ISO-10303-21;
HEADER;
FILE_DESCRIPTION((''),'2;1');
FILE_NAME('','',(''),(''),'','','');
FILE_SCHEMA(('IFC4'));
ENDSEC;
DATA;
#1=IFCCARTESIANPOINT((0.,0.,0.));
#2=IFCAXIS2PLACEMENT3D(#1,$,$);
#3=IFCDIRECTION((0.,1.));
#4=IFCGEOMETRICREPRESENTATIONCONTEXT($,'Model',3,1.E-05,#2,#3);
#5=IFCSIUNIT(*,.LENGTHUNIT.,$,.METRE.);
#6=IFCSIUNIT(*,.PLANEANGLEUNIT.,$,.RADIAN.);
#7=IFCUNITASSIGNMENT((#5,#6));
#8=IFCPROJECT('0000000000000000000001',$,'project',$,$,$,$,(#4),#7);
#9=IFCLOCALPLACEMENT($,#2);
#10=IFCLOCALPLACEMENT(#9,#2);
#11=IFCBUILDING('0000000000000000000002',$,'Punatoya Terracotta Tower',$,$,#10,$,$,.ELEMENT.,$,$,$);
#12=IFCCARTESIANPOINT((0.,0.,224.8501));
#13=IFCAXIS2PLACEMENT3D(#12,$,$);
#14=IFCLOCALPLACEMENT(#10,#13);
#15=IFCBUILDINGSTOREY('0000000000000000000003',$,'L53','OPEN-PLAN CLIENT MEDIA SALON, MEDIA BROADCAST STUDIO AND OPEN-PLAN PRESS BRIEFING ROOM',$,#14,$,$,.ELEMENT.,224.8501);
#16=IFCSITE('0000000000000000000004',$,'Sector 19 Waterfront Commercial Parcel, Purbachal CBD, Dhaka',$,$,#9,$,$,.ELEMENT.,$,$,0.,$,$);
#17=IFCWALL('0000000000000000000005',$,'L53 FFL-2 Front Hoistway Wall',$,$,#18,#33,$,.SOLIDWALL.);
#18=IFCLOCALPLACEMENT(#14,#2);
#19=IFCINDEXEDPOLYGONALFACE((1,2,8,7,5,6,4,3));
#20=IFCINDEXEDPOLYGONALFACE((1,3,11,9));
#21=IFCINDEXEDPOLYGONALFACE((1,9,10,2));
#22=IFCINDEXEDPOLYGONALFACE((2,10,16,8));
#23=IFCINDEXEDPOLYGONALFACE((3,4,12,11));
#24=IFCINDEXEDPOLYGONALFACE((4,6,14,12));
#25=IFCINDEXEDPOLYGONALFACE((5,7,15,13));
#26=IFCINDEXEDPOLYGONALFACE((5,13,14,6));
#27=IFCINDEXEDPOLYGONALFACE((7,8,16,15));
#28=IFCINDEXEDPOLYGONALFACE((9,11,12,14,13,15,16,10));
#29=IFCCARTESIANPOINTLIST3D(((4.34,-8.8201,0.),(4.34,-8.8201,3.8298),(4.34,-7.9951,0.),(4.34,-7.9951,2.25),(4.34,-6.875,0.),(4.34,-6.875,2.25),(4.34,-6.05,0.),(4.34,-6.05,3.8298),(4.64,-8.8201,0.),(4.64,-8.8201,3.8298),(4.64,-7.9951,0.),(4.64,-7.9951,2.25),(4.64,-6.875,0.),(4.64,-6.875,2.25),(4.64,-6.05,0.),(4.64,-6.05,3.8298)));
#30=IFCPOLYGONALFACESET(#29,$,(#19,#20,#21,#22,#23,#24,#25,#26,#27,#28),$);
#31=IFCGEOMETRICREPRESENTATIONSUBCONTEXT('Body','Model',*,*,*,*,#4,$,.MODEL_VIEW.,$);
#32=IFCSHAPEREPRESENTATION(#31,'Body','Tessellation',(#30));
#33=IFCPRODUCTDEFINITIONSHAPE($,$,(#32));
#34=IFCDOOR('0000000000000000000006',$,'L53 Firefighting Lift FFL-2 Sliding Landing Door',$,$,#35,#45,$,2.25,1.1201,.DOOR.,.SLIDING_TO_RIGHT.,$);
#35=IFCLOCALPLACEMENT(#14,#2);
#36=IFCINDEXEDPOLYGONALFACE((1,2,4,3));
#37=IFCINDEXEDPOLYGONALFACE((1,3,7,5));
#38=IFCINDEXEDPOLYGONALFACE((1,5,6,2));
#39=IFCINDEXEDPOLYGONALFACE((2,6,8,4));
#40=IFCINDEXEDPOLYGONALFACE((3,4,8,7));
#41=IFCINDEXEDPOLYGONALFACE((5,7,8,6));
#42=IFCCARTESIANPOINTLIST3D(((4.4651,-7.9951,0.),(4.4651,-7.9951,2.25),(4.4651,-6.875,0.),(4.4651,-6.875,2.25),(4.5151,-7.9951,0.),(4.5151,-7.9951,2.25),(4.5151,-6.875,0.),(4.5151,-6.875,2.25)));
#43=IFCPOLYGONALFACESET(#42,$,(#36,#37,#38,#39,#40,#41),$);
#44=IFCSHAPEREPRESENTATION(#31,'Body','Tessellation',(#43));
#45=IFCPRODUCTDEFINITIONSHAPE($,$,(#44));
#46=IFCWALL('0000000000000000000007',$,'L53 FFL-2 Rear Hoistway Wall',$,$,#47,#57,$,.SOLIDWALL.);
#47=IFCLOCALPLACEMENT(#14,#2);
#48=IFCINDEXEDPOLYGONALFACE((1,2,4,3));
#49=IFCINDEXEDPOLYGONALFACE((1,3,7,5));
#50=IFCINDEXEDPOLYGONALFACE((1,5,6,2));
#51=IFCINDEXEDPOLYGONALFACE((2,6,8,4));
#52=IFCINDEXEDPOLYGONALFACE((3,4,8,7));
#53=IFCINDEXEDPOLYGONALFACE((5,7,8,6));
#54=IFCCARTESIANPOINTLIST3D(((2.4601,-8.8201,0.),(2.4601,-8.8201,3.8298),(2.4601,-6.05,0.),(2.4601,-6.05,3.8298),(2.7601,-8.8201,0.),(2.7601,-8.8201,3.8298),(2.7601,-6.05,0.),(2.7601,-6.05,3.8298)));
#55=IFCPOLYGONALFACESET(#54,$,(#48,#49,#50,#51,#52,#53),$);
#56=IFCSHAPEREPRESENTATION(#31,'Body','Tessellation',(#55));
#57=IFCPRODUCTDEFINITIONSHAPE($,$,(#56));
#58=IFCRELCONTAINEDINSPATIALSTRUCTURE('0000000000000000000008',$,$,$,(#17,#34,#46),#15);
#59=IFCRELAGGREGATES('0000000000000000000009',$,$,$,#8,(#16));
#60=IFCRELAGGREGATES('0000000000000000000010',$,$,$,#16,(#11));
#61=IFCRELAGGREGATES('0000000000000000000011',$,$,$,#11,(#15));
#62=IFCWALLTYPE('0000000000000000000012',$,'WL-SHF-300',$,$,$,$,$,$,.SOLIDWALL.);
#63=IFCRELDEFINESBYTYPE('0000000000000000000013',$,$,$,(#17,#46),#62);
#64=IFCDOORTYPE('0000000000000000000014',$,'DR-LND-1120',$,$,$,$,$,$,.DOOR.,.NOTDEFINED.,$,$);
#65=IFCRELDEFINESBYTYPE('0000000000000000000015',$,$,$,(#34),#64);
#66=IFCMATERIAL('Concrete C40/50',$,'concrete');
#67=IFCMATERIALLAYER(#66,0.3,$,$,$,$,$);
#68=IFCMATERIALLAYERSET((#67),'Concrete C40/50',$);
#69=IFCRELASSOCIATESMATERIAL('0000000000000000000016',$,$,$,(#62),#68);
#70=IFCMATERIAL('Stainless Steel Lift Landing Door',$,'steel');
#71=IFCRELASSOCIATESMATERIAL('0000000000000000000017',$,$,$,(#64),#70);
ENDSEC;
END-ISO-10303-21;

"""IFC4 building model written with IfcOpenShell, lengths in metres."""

from ifc_helpers import new_model, si_unit, direction, frame, frame_2d, origin, place, context, subcontext, project, spatial, rectangle, extrude, material, layer, layer_set, type_object, element, fill, save


model = new_model("IFC4")

# Units and contexts
model_context = context("Model", 3, precision=1e-05, world=origin(), true_north=direction((0.0, 1.0)))
body_context = subcontext(model_context, "Body", "Model", "MODEL_VIEW")
ifc_project = project(units=[si_unit("LENGTHUNIT", "METRE"), si_unit("PLANEANGLEUNIT", "RADIAN")], contexts=[model_context])

# Site, building, storey
site_placement = place(None, origin())
site = spatial("IfcSite", under=ifc_project, at=site_placement, Name="Sector 19 Waterfront Commercial Parcel, Purbachal CBD, Dhaka", CompositionType="ELEMENT", RefElevation=0.0)
building_placement = place(site_placement, origin())
building = spatial("IfcBuilding", under=site, at=building_placement, Name="Punatoya Terracotta Tower", CompositionType="ELEMENT")
storey_placement = place(building_placement, frame((0.0, 0.0, 224.8501)))
storey = spatial("IfcBuildingStorey", under=building, at=storey_placement, Name="L53", Description="OPEN-PLAN CLIENT MEDIA SALON, MEDIA BROADCAST STUDIO AND OPEN-PLAN PRESS BRIEFING ROOM", CompositionType="ELEMENT", Elevation=224.8501)

# Wall, opening, door
ifc_material_1 = material(Name="Concrete C40/50", Category="concrete")
ifc_layer_1 = layer(ifc_material_1, 0.3)
ifc_layer_set_1 = layer_set([ifc_layer_1], Name="Concrete C40/50")
wall_type = type_object("IfcWallType", Name="WL-SHF-300", PredefinedType="SOLIDWALL", material=ifc_layer_set_1)
wall_1_placement = place(storey_placement, frame((4.49, -8.8201, 0.0), z_axis=(0.0, 0.0, 1.0), x_axis=(0.0, 1.0, 0.0)))
wall_1 = element("IfcWall", 1, at=wall_1_placement, inside=storey, type_object=wall_type, Name="L53 FFL-2 Front Hoistway Wall", PredefinedType="SOLIDWALL", context=body_context, shape_type="SweptSolid", body=[
    extrude(rectangle(XDim=2.77, YDim=0.3, at=frame_2d((1.385, 0.0))), origin(), (0.0, 0.0, 1.0), 3.8298),
])
opening_placement = place(wall_1_placement, frame((0.825, 0.0, 0.0)))
opening = element("IfcOpeningElement", 2, at=opening_placement, cuts=wall_1, PredefinedType="OPENING", context=body_context, shape_type="SweptSolid", body=[
    extrude(rectangle(XDim=1.1201, YDim=2.25, at=frame_2d((0.5601, 1.125))), frame((0.0, 0.1599, 0.0), z_axis=(0.0, -1.0, 0.0), x_axis=(1.0, 0.0, 0.0)), (0.0, 0.0, 1.0), 0.3201),
])
ifc_material_2 = material(Name="Stainless Steel Lift Landing Door", Category="steel")
door_type = type_object("IfcDoorType", Name="DR-LND-1120", OperationType="NOTDEFINED", PredefinedType="DOOR", material=ifc_material_2)
door_placement = place(opening_placement, origin())
door = element("IfcDoor", 3, at=door_placement, inside=storey, type_object=door_type, Name="L53 Firefighting Lift FFL-2 Sliding Landing Door", OperationType="SLIDING_TO_RIGHT", OverallHeight=2.25, OverallWidth=1.1201, PredefinedType="DOOR", context=body_context, shape_type="SweptSolid", body=[
    extrude(rectangle(XDim=1.1201, YDim=2.25, at=frame_2d((0.5601, 1.125))), frame((0.0, 0.0249, 0.0), z_axis=(0.0, -1.0, 0.0), x_axis=(1.0, 0.0, 0.0)), (0.0, 0.0, 1.0), 0.05),
])
fill(opening, door)

# Wall
wall_2_placement = place(storey_placement, frame((2.6101, -8.8201, 0.0), z_axis=(0.0, 0.0, 1.0), x_axis=(0.0, 1.0, 0.0)))
element("IfcWall", 4, at=wall_2_placement, inside=storey, type_object=wall_type, Name="L53 FFL-2 Rear Hoistway Wall", PredefinedType="SOLIDWALL", context=body_context, shape_type="SweptSolid", body=[
    extrude(rectangle(XDim=2.77, YDim=0.3, at=frame_2d((1.385, 0.0))), origin(), (0.0, 0.0, 1.0), 3.8298),
])

save(model, "model.ifc")
